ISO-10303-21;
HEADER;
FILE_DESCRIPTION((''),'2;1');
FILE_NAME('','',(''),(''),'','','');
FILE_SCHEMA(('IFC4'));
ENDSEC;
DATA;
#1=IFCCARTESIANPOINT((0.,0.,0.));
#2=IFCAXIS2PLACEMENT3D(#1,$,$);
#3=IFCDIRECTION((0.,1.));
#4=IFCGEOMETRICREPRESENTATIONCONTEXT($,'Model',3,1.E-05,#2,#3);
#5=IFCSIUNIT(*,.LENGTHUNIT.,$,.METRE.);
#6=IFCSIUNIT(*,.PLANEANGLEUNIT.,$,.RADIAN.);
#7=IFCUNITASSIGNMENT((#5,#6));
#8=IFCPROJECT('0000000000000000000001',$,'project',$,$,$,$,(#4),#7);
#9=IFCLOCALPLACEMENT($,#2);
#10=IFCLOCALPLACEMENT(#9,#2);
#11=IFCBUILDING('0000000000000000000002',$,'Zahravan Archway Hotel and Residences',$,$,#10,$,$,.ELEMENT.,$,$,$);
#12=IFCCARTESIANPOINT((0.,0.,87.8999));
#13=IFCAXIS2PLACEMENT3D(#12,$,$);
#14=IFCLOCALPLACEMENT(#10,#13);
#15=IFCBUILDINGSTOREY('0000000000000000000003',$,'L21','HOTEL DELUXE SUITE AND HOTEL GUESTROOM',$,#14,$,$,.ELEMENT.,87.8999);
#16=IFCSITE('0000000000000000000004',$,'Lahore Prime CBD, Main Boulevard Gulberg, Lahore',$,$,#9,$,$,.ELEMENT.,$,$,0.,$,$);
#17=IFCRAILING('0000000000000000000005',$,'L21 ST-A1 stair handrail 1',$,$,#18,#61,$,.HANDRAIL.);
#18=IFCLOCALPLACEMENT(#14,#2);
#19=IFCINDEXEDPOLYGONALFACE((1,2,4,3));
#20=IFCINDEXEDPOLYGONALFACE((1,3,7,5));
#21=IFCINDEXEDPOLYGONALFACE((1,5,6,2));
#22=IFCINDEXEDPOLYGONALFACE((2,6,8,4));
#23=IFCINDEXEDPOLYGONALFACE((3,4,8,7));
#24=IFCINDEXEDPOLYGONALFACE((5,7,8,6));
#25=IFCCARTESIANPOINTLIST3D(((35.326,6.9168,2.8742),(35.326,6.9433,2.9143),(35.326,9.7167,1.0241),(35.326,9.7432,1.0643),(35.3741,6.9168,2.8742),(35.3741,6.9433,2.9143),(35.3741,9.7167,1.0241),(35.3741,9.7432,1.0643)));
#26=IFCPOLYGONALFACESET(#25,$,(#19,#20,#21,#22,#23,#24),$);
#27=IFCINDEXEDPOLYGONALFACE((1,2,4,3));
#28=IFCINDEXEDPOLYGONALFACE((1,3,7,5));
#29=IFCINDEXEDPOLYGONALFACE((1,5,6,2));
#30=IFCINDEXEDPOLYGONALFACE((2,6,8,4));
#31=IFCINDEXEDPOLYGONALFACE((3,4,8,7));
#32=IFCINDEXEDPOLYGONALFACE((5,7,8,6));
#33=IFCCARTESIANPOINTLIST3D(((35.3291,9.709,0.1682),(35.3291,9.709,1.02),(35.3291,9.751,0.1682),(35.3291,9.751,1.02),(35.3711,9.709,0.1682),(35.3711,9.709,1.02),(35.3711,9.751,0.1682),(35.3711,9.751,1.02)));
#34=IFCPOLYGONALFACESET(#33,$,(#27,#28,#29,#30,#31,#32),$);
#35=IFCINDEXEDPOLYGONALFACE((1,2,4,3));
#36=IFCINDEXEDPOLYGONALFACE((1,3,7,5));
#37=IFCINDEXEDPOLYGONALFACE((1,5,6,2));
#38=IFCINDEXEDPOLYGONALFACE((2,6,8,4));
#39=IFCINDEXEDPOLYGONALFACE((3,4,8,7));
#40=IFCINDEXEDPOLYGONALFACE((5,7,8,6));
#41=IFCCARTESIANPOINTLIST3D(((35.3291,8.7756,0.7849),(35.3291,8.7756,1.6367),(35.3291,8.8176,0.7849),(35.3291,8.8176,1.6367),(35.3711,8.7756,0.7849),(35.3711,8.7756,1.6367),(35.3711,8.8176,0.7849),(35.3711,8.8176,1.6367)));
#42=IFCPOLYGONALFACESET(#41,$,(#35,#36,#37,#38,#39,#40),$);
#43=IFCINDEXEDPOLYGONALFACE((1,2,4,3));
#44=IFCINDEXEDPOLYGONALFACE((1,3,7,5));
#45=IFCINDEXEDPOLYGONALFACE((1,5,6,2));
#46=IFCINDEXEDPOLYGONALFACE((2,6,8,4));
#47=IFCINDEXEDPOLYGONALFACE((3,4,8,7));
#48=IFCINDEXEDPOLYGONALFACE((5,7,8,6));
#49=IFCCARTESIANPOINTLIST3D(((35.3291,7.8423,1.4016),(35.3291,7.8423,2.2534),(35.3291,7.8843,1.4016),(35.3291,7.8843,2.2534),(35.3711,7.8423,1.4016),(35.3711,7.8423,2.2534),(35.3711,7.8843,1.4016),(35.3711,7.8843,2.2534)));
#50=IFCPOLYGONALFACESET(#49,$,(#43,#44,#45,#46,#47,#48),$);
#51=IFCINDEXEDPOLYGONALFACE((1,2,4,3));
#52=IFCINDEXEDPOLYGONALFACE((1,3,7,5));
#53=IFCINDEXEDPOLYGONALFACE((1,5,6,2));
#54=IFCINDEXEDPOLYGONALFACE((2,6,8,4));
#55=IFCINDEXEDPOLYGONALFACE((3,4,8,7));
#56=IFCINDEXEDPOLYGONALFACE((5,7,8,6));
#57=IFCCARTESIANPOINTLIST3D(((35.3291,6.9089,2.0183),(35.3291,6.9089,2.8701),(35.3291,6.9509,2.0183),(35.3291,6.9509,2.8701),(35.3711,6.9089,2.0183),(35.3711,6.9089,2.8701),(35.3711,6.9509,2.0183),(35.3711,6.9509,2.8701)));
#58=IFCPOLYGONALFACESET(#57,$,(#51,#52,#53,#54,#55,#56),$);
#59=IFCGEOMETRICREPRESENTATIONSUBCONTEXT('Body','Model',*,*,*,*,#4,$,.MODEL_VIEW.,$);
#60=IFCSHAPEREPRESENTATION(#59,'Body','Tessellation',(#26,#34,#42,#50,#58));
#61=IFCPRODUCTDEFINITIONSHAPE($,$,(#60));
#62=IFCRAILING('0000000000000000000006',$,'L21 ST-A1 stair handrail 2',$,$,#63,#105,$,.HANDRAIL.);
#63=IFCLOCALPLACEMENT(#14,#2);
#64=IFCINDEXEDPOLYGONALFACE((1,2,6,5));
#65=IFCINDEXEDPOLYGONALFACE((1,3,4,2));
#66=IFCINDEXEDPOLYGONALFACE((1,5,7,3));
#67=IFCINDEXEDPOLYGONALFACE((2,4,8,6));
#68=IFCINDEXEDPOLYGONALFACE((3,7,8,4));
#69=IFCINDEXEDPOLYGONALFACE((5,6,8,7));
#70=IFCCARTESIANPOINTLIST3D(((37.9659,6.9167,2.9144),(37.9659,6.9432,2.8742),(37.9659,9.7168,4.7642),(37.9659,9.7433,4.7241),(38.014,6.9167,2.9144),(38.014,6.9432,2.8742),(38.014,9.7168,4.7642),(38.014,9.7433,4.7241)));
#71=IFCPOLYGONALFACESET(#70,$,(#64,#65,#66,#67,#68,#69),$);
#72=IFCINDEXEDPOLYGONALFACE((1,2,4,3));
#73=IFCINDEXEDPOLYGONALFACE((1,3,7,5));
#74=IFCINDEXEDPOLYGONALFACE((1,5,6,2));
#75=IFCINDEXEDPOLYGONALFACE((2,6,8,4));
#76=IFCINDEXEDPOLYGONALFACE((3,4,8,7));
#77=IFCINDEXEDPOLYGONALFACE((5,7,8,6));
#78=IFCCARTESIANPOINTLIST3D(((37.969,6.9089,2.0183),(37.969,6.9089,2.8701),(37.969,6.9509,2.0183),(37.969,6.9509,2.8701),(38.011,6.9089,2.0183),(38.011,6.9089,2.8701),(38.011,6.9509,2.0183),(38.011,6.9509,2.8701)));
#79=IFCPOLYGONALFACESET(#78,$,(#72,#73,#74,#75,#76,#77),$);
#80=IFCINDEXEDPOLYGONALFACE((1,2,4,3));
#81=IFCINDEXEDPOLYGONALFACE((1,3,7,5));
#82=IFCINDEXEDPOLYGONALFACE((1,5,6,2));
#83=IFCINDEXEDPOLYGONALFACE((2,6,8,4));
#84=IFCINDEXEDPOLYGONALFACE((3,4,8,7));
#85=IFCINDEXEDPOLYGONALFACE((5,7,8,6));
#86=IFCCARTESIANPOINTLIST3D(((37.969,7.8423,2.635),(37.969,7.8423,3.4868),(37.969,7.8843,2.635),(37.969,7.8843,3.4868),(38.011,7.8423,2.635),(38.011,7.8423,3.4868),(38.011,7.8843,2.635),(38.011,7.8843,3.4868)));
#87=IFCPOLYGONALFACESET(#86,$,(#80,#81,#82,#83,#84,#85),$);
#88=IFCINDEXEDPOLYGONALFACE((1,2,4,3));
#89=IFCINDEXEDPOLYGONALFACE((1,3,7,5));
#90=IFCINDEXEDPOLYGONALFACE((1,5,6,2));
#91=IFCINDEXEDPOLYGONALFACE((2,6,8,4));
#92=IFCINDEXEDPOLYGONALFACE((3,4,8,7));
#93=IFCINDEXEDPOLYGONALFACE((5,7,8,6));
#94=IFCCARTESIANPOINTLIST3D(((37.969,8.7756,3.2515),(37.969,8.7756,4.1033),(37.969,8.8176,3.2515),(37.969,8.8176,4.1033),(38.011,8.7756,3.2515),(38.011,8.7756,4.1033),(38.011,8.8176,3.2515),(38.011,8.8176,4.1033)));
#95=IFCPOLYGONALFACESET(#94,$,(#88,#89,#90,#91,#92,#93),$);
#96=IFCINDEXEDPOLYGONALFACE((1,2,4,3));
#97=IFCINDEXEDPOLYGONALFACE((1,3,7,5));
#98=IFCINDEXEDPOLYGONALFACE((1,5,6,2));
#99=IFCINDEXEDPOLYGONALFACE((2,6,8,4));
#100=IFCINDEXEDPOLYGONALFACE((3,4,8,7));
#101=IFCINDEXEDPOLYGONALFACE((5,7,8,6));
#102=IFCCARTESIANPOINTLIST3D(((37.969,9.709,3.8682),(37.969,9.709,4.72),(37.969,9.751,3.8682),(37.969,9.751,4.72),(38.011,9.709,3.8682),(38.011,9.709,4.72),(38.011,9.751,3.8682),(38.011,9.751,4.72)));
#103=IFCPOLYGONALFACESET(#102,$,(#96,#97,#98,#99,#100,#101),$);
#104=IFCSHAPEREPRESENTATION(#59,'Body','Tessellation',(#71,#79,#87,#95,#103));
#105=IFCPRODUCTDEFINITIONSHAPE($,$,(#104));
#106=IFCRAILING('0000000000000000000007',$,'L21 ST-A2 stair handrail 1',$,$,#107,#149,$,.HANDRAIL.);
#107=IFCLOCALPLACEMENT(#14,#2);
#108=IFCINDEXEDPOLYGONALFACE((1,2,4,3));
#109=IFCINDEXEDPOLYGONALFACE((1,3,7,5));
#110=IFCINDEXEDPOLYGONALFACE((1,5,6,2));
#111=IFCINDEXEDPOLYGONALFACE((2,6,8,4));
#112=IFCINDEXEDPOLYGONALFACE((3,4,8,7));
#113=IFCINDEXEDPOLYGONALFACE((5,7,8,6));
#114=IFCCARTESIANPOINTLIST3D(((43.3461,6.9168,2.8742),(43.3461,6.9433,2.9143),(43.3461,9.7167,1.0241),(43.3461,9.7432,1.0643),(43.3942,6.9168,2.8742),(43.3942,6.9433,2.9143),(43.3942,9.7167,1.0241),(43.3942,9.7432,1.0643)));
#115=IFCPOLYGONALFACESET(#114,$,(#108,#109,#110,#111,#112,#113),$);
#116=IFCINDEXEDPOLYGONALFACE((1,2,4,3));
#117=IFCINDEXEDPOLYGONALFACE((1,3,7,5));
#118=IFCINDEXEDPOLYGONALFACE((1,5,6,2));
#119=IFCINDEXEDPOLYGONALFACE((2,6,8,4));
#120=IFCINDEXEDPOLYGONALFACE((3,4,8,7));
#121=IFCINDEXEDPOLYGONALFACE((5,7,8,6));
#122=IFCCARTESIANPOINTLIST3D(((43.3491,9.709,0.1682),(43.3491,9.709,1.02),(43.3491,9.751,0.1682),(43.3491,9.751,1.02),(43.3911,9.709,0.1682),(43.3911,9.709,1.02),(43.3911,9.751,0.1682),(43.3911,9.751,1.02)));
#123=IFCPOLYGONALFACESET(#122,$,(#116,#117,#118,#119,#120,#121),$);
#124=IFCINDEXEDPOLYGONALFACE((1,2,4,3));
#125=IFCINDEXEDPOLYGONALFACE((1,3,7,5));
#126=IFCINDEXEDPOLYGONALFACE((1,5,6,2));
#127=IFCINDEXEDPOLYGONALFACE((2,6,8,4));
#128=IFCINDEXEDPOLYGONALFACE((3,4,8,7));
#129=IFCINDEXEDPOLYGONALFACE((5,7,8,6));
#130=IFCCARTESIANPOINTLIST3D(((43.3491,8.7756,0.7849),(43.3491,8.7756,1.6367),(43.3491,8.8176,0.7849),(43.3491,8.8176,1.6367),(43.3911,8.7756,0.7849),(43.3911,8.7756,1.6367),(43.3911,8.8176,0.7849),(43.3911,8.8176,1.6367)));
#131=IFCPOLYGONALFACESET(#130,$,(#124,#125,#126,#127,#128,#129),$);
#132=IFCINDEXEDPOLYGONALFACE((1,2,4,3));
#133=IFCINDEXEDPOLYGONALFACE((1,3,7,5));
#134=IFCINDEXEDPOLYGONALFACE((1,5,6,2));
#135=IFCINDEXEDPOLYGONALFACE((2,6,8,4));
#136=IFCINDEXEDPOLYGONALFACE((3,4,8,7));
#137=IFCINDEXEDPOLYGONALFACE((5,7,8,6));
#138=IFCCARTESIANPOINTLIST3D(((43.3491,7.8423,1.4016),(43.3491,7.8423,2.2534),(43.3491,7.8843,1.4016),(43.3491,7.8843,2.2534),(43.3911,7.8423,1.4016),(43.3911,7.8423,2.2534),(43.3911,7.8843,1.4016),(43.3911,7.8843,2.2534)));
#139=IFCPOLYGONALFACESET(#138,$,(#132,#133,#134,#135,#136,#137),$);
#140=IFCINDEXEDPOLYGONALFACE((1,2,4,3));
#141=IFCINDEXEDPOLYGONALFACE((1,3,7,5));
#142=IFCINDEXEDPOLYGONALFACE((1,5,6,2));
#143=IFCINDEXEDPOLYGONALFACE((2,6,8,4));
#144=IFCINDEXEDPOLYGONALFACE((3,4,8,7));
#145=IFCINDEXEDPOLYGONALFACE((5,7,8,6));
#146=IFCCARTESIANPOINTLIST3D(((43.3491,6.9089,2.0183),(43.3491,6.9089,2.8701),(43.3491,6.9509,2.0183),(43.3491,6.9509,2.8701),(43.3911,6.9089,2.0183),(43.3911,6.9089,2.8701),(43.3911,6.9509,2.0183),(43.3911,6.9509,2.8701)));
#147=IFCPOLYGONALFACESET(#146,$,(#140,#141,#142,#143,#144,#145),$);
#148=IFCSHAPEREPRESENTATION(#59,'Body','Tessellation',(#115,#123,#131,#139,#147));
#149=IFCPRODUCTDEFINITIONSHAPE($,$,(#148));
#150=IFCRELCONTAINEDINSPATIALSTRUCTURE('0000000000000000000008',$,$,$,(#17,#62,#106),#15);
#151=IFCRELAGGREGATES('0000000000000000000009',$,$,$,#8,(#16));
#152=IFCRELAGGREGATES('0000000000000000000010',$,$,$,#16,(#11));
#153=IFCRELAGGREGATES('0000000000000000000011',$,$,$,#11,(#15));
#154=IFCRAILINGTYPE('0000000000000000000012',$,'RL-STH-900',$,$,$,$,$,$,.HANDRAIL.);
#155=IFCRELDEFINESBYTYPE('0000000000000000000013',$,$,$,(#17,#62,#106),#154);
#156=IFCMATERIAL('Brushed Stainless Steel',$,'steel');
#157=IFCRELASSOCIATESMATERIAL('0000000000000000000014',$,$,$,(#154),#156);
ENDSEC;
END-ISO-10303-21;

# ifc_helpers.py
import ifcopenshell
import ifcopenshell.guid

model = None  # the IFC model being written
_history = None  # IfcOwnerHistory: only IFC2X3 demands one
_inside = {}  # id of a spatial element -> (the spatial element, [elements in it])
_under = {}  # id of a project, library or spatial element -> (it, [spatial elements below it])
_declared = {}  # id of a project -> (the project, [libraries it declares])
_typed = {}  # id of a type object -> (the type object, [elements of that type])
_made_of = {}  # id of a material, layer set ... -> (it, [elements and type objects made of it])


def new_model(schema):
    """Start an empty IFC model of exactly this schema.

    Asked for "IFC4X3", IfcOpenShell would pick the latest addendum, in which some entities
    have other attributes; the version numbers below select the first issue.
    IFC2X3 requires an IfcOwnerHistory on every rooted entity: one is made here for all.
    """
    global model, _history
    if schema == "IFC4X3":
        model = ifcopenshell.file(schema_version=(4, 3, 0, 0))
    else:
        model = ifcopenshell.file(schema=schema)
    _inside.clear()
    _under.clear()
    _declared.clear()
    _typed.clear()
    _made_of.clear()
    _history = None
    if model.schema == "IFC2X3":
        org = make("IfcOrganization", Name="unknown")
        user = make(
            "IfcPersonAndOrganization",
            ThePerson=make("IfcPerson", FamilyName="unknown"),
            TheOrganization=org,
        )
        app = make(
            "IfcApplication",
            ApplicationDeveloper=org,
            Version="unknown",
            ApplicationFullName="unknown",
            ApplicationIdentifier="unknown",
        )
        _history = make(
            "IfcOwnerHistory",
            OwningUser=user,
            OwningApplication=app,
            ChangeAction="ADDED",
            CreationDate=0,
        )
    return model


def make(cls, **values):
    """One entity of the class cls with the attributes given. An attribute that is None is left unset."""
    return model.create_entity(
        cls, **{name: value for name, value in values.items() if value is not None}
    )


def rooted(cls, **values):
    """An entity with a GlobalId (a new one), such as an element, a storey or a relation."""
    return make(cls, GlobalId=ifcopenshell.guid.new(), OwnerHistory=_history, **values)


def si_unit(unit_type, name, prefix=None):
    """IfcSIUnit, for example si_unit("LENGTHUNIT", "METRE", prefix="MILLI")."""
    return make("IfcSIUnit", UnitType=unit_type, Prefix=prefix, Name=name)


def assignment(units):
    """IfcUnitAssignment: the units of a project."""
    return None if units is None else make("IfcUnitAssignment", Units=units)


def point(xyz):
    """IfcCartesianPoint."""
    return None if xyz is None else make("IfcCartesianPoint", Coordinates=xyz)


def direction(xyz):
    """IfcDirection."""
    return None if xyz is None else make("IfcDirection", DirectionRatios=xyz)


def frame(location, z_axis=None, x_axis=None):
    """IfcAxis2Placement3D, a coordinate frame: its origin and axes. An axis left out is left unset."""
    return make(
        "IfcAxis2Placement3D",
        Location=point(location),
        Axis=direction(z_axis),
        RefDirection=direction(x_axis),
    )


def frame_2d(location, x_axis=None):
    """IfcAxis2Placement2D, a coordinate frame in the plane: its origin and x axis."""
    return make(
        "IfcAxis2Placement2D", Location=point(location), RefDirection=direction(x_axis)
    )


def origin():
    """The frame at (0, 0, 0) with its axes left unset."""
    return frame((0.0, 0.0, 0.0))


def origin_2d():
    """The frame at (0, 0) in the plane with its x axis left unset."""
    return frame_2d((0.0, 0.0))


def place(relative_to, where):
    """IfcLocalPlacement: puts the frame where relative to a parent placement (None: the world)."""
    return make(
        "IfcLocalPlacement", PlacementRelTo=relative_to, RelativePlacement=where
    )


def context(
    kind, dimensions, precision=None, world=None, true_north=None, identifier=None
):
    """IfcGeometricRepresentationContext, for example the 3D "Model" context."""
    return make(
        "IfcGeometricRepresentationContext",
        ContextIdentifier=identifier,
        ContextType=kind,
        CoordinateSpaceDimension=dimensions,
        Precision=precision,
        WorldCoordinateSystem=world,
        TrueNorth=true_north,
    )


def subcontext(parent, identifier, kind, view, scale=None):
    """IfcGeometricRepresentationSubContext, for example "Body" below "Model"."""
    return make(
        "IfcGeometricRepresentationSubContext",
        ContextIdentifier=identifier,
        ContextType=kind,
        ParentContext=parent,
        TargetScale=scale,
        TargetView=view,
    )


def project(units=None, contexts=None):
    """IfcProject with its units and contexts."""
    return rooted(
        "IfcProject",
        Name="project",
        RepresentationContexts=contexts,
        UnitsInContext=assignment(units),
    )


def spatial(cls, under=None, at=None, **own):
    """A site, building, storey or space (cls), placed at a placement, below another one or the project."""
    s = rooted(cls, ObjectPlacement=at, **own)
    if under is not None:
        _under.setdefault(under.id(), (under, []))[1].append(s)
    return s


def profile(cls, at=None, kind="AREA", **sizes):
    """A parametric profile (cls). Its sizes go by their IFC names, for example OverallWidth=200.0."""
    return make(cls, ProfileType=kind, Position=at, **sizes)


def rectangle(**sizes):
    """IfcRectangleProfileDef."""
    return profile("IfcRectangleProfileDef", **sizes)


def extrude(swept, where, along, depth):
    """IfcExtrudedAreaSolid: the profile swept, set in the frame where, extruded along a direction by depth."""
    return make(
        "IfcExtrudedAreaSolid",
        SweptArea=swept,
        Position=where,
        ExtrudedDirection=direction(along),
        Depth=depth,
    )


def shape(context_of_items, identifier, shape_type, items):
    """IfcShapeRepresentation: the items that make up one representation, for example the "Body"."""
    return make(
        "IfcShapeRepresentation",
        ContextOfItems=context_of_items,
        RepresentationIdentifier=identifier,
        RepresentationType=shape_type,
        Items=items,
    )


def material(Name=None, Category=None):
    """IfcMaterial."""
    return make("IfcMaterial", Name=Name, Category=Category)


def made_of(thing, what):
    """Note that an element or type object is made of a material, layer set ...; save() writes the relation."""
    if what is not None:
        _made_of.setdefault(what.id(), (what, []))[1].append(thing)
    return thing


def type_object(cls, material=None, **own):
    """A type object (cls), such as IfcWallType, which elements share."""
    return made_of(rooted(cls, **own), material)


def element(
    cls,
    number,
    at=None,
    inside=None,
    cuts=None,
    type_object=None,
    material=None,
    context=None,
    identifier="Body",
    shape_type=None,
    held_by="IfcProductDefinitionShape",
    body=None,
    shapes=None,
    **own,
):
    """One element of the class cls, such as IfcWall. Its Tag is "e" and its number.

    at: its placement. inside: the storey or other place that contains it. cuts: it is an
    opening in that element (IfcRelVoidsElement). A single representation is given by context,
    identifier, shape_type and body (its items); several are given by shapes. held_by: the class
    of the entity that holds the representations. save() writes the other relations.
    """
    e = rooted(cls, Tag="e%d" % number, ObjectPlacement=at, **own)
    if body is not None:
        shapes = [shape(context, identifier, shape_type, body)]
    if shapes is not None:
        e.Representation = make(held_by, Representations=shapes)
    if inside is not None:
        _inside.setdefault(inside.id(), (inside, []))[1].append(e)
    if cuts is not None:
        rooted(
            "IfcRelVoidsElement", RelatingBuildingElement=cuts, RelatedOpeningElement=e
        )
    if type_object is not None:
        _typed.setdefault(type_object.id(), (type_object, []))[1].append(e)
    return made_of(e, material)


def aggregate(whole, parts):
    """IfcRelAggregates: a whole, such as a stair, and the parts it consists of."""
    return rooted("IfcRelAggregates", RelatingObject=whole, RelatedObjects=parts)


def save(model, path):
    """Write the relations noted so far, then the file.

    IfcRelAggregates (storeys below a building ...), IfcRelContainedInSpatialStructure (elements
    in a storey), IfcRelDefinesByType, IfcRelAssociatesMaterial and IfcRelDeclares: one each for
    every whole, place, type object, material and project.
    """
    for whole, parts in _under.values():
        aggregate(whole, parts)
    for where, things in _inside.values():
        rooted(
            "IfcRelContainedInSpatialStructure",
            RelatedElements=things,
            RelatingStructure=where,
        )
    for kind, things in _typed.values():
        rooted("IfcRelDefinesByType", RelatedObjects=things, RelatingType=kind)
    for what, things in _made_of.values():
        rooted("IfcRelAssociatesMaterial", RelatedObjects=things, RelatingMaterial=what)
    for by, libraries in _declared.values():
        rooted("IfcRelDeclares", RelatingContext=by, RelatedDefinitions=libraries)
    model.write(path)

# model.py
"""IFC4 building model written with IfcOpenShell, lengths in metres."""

from ifc_helpers import new_model, si_unit, direction, frame, origin, origin_2d, place, context, subcontext, project, spatial, rectangle, extrude, material, type_object, element, save


model = new_model("IFC4")

# Units and contexts
model_context = context("Model", 3, precision=1e-05, world=origin(), true_north=direction((0.0, 1.0)))
body_context = subcontext(model_context, "Body", "Model", "MODEL_VIEW")
ifc_project = project(units=[si_unit("LENGTHUNIT", "METRE"), si_unit("PLANEANGLEUNIT", "RADIAN")], contexts=[model_context])

# Site, building, storey
site_placement = place(None, origin())
site = spatial("IfcSite", under=ifc_project, at=site_placement, Name="Lahore Prime CBD, Main Boulevard Gulberg, Lahore", CompositionType="ELEMENT", RefElevation=0.0)
building_placement = place(site_placement, origin())
building = spatial("IfcBuilding", under=site, at=building_placement, Name="Zahravan Archway Hotel and Residences", CompositionType="ELEMENT")
storey_placement = place(building_placement, frame((0.0, 0.0, 87.8999)))
storey = spatial("IfcBuildingStorey", under=building, at=storey_placement, Name="L21", Description="HOTEL DELUXE SUITE AND HOTEL GUESTROOM", CompositionType="ELEMENT", Elevation=87.8999)

# Shared definitions
ifc_material_1 = material(Name="Brushed Stainless Steel", Category="steel")

# Railings
railing_type_1 = type_object("IfcRailingType", Name="RL-STH-900", PredefinedType="HANDRAIL", material=ifc_material_1)
railing_1_placement = place(storey_placement, frame((35.3501, 9.73, 0.1682)))
element("IfcRailing", 1, at=railing_1_placement, inside=storey, type_object=railing_type_1, Name="L21 ST-A1 stair handrail 1", PredefinedType="HANDRAIL", context=body_context, shape_type="SweptSolid", body=[
    extrude(rectangle(XDim=0.0481, YDim=0.0481, at=origin_2d()), frame((0.0, 0.0, 0.876), z_axis=(0.0, -0.834326, 0.551271), x_axis=(1.0, 0.0, 0.0)), (0.0, 0.0, 1.0), 3.356),
    extrude(rectangle(XDim=0.042, YDim=0.042, at=origin_2d()), origin(), (0.0, 0.0, 1.0), 0.8518),
    extrude(rectangle(XDim=0.042, YDim=0.042, at=origin_2d()), frame((0.0, -0.9333, 0.6167)), (0.0, 0.0, 1.0), 0.8518),
    extrude(rectangle(XDim=0.042, YDim=0.042, at=origin_2d()), frame((0.0, -1.8667, 1.2334)), (0.0, 0.0, 1.0), 0.8518),
    extrude(rectangle(XDim=0.042, YDim=0.042, at=origin_2d()), frame((0.0, -2.8, 1.8501)), (0.0, 0.0, 1.0), 0.8518),
])
railing_2_placement = place(storey_placement, frame((37.99, 6.9299, 2.0183)))
element("IfcRailing", 2, at=railing_2_placement, inside=storey, type_object=railing_type_1, Name="L21 ST-A1 stair handrail 2", PredefinedType="HANDRAIL", context=body_context, shape_type="SweptSolid", body=[
    extrude(rectangle(XDim=0.0481, YDim=0.0481, at=origin_2d()), frame((0.0, 0.0, 0.876), z_axis=(0.0, 0.83436, 0.55122), x_axis=(-1.0, 0.0, 0.0)), (0.0, 0.0, 1.0), 3.356),
    extrude(rectangle(XDim=0.042, YDim=0.042, at=origin_2d()), origin(), (0.0, 0.0, 1.0), 0.8518),
    extrude(rectangle(XDim=0.042, YDim=0.042, at=origin_2d()), frame((0.0, 0.9333, 0.6167)), (0.0, 0.0, 1.0), 0.8518),
    extrude(rectangle(XDim=0.042, YDim=0.042, at=origin_2d()), frame((0.0, 1.8667, 1.2332)), (0.0, 0.0, 1.0), 0.8518),
    extrude(rectangle(XDim=0.042, YDim=0.042, at=origin_2d()), frame((0.0, 2.8, 1.8499)), (0.0, 0.0, 1.0), 0.8518),
])
railing_3_placement = place(storey_placement, frame((43.3701, 9.73, 0.1682)))
element("IfcRailing", 3, at=railing_3_placement, inside=storey, type_object=railing_type_1, Name="L21 ST-A2 stair handrail 1", PredefinedType="HANDRAIL", context=body_context, shape_type="SweptSolid", body=[
    extrude(rectangle(XDim=0.0481, YDim=0.0481, at=origin_2d()), frame((0.0, 0.0, 0.876), z_axis=(0.0, -0.834326, 0.551271), x_axis=(1.0, 0.0, 0.0)), (0.0, 0.0, 1.0), 3.356),
    extrude(rectangle(XDim=0.042, YDim=0.042, at=origin_2d()), origin(), (0.0, 0.0, 1.0), 0.8518),
    extrude(rectangle(XDim=0.042, YDim=0.042, at=origin_2d()), frame((0.0, -0.9333, 0.6167)), (0.0, 0.0, 1.0), 0.8518),
    extrude(rectangle(XDim=0.042, YDim=0.042, at=origin_2d()), frame((0.0, -1.8667, 1.2334)), (0.0, 0.0, 1.0), 0.8518),
    extrude(rectangle(XDim=0.042, YDim=0.042, at=origin_2d()), frame((0.0, -2.8, 1.8501)), (0.0, 0.0, 1.0), 0.8518),
])

save(model, "model.ifc")
